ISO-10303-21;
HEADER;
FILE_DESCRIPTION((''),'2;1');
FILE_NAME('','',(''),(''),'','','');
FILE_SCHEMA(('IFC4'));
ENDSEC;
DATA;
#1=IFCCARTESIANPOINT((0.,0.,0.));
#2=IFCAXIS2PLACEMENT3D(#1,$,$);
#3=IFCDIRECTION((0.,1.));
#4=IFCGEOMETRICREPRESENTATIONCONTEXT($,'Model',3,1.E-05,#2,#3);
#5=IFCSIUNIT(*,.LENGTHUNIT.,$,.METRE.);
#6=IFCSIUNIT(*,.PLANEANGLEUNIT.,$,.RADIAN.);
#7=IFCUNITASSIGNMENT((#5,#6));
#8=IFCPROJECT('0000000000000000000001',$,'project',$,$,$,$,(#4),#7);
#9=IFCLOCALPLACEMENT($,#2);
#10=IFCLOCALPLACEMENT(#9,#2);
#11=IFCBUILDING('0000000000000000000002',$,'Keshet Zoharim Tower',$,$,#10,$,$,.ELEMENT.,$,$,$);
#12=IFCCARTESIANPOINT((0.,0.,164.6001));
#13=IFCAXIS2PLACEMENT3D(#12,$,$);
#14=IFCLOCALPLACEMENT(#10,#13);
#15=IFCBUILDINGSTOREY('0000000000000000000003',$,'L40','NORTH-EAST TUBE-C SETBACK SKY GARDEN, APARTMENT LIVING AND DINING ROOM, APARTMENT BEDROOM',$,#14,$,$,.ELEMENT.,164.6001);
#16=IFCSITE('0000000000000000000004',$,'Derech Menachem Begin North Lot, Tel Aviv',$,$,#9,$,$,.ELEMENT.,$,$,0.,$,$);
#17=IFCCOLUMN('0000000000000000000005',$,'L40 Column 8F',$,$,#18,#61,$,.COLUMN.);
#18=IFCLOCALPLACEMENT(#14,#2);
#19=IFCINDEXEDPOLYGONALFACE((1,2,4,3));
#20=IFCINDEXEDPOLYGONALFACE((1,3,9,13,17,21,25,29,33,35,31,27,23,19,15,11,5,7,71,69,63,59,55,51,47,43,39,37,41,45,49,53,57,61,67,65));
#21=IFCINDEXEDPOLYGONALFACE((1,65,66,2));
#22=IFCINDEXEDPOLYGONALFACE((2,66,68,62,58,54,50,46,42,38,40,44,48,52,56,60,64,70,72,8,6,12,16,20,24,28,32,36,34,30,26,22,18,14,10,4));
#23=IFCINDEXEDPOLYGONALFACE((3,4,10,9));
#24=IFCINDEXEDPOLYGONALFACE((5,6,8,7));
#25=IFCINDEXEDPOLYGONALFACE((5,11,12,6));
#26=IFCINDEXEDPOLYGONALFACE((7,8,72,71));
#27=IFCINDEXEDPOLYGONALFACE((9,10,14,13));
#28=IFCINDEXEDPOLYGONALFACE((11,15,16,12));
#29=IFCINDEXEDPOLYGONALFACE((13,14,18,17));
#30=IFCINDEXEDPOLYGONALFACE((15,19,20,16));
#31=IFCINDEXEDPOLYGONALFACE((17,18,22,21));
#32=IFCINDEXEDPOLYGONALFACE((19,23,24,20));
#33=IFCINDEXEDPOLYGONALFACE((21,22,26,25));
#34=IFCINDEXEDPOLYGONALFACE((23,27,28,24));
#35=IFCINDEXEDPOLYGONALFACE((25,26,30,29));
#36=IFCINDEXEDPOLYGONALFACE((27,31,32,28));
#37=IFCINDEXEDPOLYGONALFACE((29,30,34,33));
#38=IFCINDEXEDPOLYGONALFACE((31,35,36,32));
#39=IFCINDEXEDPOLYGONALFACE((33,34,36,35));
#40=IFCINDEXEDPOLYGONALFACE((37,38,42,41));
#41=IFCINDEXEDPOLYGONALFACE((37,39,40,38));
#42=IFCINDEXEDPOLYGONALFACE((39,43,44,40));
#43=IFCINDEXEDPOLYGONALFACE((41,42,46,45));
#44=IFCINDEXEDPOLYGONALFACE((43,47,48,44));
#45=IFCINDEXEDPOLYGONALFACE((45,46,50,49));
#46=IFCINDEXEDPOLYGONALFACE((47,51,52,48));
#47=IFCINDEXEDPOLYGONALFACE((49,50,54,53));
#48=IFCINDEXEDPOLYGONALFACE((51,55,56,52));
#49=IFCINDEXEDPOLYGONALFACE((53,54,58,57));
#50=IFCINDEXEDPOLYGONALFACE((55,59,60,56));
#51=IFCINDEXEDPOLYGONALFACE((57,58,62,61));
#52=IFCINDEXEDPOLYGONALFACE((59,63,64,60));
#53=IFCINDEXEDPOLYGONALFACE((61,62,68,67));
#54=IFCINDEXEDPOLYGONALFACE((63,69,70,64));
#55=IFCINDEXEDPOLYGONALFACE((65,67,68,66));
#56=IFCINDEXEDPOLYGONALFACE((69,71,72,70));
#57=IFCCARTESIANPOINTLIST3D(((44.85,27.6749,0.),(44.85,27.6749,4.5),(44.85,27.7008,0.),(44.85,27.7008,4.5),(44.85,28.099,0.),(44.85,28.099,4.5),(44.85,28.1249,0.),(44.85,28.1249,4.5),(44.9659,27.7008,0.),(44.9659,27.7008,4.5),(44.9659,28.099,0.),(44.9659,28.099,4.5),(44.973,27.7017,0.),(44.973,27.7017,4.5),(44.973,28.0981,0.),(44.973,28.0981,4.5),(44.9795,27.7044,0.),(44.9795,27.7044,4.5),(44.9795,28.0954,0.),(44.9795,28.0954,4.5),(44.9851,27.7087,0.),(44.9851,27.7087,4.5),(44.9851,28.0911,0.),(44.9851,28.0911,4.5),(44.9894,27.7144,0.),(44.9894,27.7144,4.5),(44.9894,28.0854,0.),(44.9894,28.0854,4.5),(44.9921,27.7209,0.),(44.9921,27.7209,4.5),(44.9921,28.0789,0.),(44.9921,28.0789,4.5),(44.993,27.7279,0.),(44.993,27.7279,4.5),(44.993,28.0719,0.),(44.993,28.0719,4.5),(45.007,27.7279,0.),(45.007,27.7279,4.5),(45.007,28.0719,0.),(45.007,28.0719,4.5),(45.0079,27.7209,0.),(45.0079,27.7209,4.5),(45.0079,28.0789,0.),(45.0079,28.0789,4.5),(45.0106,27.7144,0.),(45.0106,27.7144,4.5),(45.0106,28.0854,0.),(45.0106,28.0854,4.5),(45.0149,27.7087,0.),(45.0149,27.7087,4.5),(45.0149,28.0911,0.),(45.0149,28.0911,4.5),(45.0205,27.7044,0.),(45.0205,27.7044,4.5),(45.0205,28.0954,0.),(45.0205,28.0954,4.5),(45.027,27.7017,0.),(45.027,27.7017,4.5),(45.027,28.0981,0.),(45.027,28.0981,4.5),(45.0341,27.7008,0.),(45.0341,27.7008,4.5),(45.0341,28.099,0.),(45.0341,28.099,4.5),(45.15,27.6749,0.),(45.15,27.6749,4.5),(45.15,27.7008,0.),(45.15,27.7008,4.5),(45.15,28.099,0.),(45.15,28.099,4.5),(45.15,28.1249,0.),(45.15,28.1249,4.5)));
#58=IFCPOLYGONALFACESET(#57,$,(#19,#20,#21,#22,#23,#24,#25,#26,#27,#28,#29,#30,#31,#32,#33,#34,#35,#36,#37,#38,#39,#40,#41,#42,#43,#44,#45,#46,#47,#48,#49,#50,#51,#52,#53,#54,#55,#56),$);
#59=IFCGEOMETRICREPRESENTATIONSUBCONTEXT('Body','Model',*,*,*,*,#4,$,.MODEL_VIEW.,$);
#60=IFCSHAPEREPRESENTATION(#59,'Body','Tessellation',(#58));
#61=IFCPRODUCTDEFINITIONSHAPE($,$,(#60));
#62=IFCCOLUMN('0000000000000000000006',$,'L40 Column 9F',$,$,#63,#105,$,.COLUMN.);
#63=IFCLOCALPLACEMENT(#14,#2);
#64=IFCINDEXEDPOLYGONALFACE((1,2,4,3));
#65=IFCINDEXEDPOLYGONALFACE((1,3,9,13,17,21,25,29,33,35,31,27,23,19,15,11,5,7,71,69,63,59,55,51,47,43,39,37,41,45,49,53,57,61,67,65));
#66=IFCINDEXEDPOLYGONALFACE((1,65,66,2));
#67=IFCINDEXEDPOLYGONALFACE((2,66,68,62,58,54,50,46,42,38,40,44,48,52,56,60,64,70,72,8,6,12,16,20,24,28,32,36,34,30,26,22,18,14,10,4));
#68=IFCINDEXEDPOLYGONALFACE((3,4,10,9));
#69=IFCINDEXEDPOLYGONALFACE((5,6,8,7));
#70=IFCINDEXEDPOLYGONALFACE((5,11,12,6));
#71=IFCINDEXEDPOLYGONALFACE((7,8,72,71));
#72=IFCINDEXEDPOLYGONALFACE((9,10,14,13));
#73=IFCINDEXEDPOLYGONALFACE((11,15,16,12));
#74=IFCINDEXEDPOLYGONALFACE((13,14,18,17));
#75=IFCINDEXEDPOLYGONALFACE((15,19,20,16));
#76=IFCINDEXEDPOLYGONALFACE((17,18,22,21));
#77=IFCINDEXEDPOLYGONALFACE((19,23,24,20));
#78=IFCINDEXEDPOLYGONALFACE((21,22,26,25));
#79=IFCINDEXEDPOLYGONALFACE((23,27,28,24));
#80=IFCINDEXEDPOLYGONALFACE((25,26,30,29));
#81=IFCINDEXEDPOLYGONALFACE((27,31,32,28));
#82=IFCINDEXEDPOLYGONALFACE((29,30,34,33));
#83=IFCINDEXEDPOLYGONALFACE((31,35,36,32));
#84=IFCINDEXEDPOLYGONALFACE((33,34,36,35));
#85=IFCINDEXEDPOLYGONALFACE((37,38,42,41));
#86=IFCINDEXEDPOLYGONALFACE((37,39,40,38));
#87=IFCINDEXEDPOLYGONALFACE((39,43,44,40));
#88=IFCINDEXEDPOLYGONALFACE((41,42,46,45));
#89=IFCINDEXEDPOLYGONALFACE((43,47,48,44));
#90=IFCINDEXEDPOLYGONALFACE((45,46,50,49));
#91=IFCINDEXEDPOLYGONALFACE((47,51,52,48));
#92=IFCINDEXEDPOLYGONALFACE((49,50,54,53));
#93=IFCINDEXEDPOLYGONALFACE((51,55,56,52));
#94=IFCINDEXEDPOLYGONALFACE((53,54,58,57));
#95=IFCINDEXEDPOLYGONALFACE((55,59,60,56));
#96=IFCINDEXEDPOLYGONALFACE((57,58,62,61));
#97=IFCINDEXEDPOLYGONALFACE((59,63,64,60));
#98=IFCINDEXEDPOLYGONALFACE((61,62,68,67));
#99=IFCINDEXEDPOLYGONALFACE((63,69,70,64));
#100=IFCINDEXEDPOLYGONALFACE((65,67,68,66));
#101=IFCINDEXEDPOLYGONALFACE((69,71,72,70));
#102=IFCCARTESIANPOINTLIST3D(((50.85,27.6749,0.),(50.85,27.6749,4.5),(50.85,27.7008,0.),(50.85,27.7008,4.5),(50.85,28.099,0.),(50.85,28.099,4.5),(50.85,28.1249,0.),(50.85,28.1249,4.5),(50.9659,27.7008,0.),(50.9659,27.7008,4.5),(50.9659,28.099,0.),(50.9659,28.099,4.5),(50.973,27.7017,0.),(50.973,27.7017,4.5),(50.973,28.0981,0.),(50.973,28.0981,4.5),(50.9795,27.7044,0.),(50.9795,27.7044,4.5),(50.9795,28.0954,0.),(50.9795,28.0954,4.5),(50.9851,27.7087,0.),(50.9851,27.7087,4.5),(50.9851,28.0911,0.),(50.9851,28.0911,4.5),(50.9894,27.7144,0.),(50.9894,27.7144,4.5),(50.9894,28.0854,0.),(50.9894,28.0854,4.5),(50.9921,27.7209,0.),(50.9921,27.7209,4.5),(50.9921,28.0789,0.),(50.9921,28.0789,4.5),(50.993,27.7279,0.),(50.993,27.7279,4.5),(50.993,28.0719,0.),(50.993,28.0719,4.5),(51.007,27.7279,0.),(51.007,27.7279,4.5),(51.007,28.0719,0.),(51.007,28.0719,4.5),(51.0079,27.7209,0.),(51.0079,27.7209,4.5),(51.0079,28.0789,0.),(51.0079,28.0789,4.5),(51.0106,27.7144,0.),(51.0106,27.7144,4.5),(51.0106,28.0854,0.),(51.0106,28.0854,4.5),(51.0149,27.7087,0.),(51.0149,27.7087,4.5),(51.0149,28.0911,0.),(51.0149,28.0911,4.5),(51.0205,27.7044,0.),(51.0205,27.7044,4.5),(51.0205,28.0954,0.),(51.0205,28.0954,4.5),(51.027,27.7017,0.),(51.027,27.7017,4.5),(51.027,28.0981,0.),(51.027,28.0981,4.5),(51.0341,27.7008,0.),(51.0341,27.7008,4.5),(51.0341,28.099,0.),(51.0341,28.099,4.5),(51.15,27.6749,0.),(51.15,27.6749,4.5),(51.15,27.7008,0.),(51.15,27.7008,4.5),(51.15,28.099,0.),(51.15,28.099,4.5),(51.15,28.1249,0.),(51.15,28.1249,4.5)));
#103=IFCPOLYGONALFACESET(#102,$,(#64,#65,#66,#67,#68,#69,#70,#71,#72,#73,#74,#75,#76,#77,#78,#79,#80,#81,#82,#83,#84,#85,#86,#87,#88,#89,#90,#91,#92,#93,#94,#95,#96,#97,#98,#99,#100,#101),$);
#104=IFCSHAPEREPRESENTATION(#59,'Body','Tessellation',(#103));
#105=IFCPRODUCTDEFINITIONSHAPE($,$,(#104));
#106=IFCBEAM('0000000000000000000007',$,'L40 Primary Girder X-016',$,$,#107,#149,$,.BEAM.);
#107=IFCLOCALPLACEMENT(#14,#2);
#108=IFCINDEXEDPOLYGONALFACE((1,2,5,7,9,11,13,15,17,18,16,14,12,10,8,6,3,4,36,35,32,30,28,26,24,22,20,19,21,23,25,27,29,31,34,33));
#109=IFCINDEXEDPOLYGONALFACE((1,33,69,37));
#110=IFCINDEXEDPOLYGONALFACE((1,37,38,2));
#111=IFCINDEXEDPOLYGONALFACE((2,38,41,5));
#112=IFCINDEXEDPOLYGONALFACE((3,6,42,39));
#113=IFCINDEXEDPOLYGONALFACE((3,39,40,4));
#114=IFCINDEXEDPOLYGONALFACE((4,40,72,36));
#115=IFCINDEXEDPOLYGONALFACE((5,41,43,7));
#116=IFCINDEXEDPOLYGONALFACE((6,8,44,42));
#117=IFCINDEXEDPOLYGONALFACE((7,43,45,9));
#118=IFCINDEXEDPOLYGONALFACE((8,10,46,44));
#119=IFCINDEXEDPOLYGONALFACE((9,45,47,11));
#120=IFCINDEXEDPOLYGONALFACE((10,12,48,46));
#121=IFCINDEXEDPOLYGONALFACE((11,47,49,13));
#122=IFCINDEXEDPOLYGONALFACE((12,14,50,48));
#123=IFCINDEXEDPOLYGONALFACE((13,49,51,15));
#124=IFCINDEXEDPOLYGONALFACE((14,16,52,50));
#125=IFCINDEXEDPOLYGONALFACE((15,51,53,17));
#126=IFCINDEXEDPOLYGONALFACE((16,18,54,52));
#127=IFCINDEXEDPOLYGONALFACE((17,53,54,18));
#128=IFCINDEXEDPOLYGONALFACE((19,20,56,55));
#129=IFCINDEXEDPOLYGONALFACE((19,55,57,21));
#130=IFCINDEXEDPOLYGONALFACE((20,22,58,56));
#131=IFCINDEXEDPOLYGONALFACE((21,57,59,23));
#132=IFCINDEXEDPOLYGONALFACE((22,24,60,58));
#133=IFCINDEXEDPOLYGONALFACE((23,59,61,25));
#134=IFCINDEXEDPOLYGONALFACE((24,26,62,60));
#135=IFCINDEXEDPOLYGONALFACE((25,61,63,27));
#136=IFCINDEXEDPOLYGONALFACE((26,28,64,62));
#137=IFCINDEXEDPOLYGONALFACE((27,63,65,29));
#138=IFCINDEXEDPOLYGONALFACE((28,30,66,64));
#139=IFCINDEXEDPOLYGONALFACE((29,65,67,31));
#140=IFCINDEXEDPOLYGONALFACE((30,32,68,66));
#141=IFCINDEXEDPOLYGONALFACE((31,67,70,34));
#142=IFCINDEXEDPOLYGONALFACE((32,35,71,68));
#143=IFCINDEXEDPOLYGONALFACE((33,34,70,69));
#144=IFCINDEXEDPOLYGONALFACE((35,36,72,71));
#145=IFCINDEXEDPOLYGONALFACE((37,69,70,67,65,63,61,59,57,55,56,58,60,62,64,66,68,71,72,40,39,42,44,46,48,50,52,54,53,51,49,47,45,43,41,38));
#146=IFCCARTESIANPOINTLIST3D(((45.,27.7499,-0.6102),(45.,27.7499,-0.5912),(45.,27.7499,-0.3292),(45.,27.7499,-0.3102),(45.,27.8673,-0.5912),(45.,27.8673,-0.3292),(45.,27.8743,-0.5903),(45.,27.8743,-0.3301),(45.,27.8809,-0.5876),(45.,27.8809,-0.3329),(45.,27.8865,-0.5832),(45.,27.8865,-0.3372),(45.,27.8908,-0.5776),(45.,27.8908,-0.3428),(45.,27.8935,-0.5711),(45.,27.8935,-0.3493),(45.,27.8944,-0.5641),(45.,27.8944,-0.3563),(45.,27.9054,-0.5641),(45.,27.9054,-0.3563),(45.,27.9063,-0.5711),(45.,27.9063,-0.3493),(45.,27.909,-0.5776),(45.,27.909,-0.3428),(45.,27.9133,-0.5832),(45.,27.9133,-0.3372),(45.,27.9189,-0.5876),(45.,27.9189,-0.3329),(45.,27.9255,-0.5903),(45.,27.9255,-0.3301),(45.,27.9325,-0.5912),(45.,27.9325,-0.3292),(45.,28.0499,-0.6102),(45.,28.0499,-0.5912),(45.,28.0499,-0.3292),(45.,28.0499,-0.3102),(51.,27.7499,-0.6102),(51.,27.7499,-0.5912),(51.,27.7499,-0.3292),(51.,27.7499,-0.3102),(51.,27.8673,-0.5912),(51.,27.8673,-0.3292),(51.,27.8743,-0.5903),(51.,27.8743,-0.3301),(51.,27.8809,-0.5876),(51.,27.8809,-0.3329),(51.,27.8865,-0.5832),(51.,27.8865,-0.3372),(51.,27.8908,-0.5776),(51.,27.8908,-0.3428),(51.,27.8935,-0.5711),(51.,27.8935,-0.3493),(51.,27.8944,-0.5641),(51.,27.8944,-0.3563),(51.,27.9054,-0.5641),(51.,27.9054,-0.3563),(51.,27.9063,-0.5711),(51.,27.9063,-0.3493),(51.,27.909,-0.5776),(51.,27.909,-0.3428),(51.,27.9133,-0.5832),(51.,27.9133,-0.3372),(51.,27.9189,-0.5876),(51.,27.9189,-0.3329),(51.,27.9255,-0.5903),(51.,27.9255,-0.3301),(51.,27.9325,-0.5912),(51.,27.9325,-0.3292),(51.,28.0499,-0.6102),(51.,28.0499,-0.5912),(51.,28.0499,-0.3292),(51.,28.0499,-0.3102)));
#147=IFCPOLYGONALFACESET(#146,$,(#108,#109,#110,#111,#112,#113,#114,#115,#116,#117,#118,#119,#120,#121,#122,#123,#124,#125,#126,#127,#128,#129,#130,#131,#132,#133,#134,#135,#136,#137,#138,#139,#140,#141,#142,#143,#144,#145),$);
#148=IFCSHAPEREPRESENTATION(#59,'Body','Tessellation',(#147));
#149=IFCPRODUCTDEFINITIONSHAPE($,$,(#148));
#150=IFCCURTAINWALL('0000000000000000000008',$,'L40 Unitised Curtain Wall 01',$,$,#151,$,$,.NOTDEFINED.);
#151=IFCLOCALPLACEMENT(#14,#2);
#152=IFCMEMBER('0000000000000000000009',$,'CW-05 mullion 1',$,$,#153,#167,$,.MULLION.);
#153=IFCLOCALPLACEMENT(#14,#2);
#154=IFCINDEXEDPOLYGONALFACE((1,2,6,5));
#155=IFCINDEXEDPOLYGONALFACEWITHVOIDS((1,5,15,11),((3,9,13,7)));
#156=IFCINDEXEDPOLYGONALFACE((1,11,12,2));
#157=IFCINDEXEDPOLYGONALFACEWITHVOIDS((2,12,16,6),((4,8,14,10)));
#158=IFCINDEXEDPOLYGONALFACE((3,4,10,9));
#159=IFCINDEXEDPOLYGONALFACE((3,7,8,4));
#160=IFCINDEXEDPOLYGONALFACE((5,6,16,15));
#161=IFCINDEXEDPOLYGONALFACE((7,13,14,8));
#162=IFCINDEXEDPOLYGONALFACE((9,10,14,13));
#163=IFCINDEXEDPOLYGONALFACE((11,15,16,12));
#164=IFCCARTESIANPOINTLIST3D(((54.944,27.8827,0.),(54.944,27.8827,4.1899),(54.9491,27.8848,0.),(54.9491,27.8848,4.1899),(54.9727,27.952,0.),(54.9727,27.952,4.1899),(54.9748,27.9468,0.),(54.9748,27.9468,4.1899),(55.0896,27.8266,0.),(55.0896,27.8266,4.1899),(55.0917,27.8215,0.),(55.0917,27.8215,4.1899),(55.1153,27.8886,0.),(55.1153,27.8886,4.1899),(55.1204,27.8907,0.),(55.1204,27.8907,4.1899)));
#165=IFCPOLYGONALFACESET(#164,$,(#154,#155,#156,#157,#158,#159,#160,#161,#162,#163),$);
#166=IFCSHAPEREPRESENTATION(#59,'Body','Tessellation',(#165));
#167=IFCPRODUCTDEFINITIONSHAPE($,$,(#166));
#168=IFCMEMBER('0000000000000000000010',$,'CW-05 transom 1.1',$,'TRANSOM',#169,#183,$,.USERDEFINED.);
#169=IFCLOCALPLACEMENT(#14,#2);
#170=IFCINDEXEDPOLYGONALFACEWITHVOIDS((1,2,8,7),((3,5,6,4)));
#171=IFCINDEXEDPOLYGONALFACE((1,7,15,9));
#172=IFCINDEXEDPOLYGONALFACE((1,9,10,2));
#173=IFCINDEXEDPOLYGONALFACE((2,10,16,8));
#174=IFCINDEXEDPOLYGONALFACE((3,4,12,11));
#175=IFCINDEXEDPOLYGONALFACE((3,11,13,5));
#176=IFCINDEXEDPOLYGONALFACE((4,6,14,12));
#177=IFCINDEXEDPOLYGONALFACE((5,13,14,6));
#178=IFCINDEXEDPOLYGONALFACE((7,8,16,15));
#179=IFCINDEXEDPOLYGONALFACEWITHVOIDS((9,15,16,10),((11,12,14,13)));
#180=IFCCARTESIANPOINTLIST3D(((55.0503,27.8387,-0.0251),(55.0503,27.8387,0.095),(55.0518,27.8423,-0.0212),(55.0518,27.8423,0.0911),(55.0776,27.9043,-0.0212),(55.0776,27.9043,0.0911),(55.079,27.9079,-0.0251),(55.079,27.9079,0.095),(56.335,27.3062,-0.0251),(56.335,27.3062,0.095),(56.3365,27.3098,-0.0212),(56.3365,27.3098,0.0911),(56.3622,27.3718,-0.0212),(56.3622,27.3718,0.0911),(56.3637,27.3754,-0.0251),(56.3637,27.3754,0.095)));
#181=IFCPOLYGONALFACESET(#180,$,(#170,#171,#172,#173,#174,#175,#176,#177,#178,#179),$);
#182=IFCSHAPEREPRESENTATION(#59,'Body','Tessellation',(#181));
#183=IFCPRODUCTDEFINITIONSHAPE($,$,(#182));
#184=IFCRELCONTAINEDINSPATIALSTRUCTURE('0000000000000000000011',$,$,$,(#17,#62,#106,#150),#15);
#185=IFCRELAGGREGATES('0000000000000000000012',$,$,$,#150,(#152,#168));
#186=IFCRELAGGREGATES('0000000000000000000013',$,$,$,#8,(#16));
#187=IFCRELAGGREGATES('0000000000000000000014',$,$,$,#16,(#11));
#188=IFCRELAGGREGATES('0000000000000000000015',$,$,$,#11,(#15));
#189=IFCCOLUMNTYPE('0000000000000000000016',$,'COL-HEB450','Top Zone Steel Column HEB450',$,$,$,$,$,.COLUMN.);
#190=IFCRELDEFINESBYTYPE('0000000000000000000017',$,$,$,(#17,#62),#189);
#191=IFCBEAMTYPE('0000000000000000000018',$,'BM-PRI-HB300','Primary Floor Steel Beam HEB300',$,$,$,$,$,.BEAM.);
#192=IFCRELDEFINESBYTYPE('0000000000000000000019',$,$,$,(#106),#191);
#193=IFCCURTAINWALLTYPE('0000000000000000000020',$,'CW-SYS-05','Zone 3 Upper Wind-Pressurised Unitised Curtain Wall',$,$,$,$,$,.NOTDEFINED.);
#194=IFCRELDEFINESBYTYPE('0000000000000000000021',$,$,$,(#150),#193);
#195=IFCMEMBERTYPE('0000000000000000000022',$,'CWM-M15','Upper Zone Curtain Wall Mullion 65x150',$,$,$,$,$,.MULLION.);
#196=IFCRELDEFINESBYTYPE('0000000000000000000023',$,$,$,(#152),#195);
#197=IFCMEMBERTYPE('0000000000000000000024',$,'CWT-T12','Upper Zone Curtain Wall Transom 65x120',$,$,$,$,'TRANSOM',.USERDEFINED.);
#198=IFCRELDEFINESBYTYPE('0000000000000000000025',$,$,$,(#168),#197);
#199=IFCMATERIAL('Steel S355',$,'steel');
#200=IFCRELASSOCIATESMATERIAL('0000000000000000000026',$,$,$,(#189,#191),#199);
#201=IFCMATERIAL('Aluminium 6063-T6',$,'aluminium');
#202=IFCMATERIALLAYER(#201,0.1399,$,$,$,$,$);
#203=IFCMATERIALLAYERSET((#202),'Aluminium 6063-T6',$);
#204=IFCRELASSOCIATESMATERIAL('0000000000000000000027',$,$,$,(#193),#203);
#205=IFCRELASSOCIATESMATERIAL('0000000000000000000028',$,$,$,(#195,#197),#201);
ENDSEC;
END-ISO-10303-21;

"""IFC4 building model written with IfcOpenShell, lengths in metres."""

from ifc_helpers import new_model, si_unit, direction, frame, origin, origin_2d, place, context, subcontext, project, spatial, hollow_rectangle, i_section, extrude, material, layer, layer_set, material_profile, profile_set, type_object, element, aggregate, save


model = new_model("IFC4")

# Units and contexts
model_context = context("Model", 3, precision=1e-05, world=origin(), true_north=direction((0.0, 1.0)))
body_context = subcontext(model_context, "Body", "Model", "MODEL_VIEW")
ifc_project = project(units=[si_unit("LENGTHUNIT", "METRE"), si_unit("PLANEANGLEUNIT", "RADIAN")], contexts=[model_context])

# Site, building, storey
site_placement = place(None, origin())
site = spatial("IfcSite", under=ifc_project, at=site_placement, Name="Derech Menachem Begin North Lot, Tel Aviv", CompositionType="ELEMENT", RefElevation=0.0)
building_placement = place(site_placement, origin())
building = spatial("IfcBuilding", under=site, at=building_placement, Name="Keshet Zoharim Tower", CompositionType="ELEMENT")
storey_placement = place(building_placement, frame((0.0, 0.0, 164.6001)))
storey = spatial("IfcBuildingStorey", under=building, at=storey_placement, Name="L40", Description="NORTH-EAST TUBE-C SETBACK SKY GARDEN, APARTMENT LIVING AND DINING ROOM, APARTMENT BEDROOM", CompositionType="ELEMENT", Elevation=164.6001)

# Columns
ifc_material_1 = material(Name="Steel S355", Category="steel")
ifc_material_profile_1 = material_profile(ifc_material_1, i_section(OverallWidth=0.3, OverallDepth=0.45, WebThickness=0.0139, FlangeThickness=0.0259, FilletRadius=0.0271, at=origin_2d()), Name="HEB450")
ifc_profile_set_1 = profile_set([ifc_material_profile_1], Name="Steel S355")
column_type = type_object("IfcColumnType", Name="COL-HEB450", Description="Top Zone Steel Column HEB450", PredefinedType="COLUMN", material=ifc_profile_set_1)
for number, where, z_axis, x_axis, name in (
    (1, (45.0, 27.8999, 0.0), (0.0, 0.0, 1.0), (1.0, 0.0, 0.0), "L40 Column 8F"),
    (2, (51.0, 27.8999, 0.0), (0.0, 0.0, 1.0), (1.0, 0.0, 0.0), "L40 Column 9F"),
):
    element("IfcColumn", number, at=place(storey_placement, frame(where, z_axis=z_axis, x_axis=x_axis)), inside=storey, type_object=column_type, Name=name, PredefinedType="COLUMN", context=body_context, shape_type="SweptSolid", body=[
        extrude(i_section(OverallWidth=0.3, OverallDepth=0.45, WebThickness=0.0139, FlangeThickness=0.0259, FilletRadius=0.0271, at=origin_2d()), origin(), (0.0, 0.0, 1.0), 4.5),
    ])

# Beam
ifc_material_profile_2 = material_profile(ifc_material_1, i_section(OverallWidth=0.3, OverallDepth=0.3, WebThickness=0.011, FlangeThickness=0.019, FilletRadius=0.0271, at=origin_2d()), Name="HEB300")
ifc_profile_set_2 = profile_set([ifc_material_profile_2], Name="Steel S355")
beam_type = type_object("IfcBeamType", Name="BM-PRI-HB300", Description="Primary Floor Steel Beam HEB300", PredefinedType="BEAM", material=ifc_profile_set_2)
beam_placement = place(storey_placement, frame((45.0, 27.8999, -0.4602), z_axis=(1.0, 0.0, 0.0), x_axis=(0.0, 1.0, 0.0)))
element("IfcBeam", 3, at=beam_placement, inside=storey, type_object=beam_type, Name="L40 Primary Girder X-016", PredefinedType="BEAM", context=body_context, shape_type="SweptSolid", body=[
    extrude(i_section(OverallWidth=0.3, OverallDepth=0.3, WebThickness=0.011, FlangeThickness=0.019, FilletRadius=0.0271, at=origin_2d()), origin(), (0.0, 0.0, 1.0), 6.0),
])

# Curtain wall, members
ifc_material_2 = material(Name="Aluminium 6063-T6", Category="aluminium")
ifc_layer_1 = layer(ifc_material_2, 0.1399)
ifc_layer_set_1 = layer_set([ifc_layer_1], Name="Aluminium 6063-T6")
curtain_wall_type = type_object("IfcCurtainWallType", Name="CW-SYS-05", Description="Zone 3 Upper Wind-Pressurised Unitised Curtain Wall", PredefinedType="NOTDEFINED", material=ifc_layer_set_1)
curtain_wall_placement = place(storey_placement, origin())
curtain_wall = element("IfcCurtainWall", 4, at=curtain_wall_placement, inside=storey, type_object=curtain_wall_type, Name="L40 Unitised Curtain Wall 01", PredefinedType="NOTDEFINED")
ifc_material_profile_3 = material_profile(ifc_material_2, hollow_rectangle(XDim=0.075, YDim=0.1599, WallThickness=0.0039, at=origin_2d()), Name="MUL-75x160")
ifc_profile_set_3 = profile_set([ifc_material_profile_3], Name="Aluminium 6063-T6")
member_type_1 = type_object("IfcMemberType", Name="CWM-M15", Description="Upper Zone Curtain Wall Mullion 65x150", PredefinedType="MULLION", material=ifc_profile_set_3)
member_1_placement = place(storey_placement, frame((55.0322, 27.8867, 0.0), z_axis=(0.0, 0.0, 1.0), x_axis=(0.382852, 0.92381, 0.0)))
member_1 = element("IfcMember", 5, at=member_1_placement, type_object=member_type_1, Name="CW-05 mullion 1", PredefinedType="MULLION", context=body_context, shape_type="SweptSolid", body=[
    extrude(hollow_rectangle(XDim=0.075, YDim=0.1599, WallThickness=0.0039, at=origin_2d()), origin(), (0.0, 0.0, 1.0), 4.1899),
])
ifc_material_profile_4 = material_profile(ifc_material_2, hollow_rectangle(XDim=0.075, YDim=0.1201, WallThickness=0.0039, at=origin_2d()), Name="TRN-75x120")
ifc_profile_set_4 = profile_set([ifc_material_profile_4], Name="Aluminium 6063-T6")
member_type_2 = type_object("IfcMemberType", Name="CWT-T12", Description="Upper Zone Curtain Wall Transom 65x120", ElementType="TRANSOM", PredefinedType="USERDEFINED", material=ifc_profile_set_4)
member_2_placement = place(storey_placement, frame((55.0647, 27.8733, 0.0349), z_axis=(0.923792, -0.382894, 0.0), x_axis=(0.382894, 0.923792, 0.0)))
member_2 = element("IfcMember", 6, at=member_2_placement, type_object=member_type_2, Name="CW-05 transom 1.1", ObjectType="TRANSOM", PredefinedType="USERDEFINED", context=body_context, shape_type="SweptSolid", body=[
    extrude(hollow_rectangle(XDim=0.075, YDim=0.1201, WallThickness=0.0039, at=origin_2d()), origin(), (0.0, 0.0, 1.0), 1.3906),
])
aggregate(curtain_wall, [member_1, member_2])

save(model, "model.ifc")
